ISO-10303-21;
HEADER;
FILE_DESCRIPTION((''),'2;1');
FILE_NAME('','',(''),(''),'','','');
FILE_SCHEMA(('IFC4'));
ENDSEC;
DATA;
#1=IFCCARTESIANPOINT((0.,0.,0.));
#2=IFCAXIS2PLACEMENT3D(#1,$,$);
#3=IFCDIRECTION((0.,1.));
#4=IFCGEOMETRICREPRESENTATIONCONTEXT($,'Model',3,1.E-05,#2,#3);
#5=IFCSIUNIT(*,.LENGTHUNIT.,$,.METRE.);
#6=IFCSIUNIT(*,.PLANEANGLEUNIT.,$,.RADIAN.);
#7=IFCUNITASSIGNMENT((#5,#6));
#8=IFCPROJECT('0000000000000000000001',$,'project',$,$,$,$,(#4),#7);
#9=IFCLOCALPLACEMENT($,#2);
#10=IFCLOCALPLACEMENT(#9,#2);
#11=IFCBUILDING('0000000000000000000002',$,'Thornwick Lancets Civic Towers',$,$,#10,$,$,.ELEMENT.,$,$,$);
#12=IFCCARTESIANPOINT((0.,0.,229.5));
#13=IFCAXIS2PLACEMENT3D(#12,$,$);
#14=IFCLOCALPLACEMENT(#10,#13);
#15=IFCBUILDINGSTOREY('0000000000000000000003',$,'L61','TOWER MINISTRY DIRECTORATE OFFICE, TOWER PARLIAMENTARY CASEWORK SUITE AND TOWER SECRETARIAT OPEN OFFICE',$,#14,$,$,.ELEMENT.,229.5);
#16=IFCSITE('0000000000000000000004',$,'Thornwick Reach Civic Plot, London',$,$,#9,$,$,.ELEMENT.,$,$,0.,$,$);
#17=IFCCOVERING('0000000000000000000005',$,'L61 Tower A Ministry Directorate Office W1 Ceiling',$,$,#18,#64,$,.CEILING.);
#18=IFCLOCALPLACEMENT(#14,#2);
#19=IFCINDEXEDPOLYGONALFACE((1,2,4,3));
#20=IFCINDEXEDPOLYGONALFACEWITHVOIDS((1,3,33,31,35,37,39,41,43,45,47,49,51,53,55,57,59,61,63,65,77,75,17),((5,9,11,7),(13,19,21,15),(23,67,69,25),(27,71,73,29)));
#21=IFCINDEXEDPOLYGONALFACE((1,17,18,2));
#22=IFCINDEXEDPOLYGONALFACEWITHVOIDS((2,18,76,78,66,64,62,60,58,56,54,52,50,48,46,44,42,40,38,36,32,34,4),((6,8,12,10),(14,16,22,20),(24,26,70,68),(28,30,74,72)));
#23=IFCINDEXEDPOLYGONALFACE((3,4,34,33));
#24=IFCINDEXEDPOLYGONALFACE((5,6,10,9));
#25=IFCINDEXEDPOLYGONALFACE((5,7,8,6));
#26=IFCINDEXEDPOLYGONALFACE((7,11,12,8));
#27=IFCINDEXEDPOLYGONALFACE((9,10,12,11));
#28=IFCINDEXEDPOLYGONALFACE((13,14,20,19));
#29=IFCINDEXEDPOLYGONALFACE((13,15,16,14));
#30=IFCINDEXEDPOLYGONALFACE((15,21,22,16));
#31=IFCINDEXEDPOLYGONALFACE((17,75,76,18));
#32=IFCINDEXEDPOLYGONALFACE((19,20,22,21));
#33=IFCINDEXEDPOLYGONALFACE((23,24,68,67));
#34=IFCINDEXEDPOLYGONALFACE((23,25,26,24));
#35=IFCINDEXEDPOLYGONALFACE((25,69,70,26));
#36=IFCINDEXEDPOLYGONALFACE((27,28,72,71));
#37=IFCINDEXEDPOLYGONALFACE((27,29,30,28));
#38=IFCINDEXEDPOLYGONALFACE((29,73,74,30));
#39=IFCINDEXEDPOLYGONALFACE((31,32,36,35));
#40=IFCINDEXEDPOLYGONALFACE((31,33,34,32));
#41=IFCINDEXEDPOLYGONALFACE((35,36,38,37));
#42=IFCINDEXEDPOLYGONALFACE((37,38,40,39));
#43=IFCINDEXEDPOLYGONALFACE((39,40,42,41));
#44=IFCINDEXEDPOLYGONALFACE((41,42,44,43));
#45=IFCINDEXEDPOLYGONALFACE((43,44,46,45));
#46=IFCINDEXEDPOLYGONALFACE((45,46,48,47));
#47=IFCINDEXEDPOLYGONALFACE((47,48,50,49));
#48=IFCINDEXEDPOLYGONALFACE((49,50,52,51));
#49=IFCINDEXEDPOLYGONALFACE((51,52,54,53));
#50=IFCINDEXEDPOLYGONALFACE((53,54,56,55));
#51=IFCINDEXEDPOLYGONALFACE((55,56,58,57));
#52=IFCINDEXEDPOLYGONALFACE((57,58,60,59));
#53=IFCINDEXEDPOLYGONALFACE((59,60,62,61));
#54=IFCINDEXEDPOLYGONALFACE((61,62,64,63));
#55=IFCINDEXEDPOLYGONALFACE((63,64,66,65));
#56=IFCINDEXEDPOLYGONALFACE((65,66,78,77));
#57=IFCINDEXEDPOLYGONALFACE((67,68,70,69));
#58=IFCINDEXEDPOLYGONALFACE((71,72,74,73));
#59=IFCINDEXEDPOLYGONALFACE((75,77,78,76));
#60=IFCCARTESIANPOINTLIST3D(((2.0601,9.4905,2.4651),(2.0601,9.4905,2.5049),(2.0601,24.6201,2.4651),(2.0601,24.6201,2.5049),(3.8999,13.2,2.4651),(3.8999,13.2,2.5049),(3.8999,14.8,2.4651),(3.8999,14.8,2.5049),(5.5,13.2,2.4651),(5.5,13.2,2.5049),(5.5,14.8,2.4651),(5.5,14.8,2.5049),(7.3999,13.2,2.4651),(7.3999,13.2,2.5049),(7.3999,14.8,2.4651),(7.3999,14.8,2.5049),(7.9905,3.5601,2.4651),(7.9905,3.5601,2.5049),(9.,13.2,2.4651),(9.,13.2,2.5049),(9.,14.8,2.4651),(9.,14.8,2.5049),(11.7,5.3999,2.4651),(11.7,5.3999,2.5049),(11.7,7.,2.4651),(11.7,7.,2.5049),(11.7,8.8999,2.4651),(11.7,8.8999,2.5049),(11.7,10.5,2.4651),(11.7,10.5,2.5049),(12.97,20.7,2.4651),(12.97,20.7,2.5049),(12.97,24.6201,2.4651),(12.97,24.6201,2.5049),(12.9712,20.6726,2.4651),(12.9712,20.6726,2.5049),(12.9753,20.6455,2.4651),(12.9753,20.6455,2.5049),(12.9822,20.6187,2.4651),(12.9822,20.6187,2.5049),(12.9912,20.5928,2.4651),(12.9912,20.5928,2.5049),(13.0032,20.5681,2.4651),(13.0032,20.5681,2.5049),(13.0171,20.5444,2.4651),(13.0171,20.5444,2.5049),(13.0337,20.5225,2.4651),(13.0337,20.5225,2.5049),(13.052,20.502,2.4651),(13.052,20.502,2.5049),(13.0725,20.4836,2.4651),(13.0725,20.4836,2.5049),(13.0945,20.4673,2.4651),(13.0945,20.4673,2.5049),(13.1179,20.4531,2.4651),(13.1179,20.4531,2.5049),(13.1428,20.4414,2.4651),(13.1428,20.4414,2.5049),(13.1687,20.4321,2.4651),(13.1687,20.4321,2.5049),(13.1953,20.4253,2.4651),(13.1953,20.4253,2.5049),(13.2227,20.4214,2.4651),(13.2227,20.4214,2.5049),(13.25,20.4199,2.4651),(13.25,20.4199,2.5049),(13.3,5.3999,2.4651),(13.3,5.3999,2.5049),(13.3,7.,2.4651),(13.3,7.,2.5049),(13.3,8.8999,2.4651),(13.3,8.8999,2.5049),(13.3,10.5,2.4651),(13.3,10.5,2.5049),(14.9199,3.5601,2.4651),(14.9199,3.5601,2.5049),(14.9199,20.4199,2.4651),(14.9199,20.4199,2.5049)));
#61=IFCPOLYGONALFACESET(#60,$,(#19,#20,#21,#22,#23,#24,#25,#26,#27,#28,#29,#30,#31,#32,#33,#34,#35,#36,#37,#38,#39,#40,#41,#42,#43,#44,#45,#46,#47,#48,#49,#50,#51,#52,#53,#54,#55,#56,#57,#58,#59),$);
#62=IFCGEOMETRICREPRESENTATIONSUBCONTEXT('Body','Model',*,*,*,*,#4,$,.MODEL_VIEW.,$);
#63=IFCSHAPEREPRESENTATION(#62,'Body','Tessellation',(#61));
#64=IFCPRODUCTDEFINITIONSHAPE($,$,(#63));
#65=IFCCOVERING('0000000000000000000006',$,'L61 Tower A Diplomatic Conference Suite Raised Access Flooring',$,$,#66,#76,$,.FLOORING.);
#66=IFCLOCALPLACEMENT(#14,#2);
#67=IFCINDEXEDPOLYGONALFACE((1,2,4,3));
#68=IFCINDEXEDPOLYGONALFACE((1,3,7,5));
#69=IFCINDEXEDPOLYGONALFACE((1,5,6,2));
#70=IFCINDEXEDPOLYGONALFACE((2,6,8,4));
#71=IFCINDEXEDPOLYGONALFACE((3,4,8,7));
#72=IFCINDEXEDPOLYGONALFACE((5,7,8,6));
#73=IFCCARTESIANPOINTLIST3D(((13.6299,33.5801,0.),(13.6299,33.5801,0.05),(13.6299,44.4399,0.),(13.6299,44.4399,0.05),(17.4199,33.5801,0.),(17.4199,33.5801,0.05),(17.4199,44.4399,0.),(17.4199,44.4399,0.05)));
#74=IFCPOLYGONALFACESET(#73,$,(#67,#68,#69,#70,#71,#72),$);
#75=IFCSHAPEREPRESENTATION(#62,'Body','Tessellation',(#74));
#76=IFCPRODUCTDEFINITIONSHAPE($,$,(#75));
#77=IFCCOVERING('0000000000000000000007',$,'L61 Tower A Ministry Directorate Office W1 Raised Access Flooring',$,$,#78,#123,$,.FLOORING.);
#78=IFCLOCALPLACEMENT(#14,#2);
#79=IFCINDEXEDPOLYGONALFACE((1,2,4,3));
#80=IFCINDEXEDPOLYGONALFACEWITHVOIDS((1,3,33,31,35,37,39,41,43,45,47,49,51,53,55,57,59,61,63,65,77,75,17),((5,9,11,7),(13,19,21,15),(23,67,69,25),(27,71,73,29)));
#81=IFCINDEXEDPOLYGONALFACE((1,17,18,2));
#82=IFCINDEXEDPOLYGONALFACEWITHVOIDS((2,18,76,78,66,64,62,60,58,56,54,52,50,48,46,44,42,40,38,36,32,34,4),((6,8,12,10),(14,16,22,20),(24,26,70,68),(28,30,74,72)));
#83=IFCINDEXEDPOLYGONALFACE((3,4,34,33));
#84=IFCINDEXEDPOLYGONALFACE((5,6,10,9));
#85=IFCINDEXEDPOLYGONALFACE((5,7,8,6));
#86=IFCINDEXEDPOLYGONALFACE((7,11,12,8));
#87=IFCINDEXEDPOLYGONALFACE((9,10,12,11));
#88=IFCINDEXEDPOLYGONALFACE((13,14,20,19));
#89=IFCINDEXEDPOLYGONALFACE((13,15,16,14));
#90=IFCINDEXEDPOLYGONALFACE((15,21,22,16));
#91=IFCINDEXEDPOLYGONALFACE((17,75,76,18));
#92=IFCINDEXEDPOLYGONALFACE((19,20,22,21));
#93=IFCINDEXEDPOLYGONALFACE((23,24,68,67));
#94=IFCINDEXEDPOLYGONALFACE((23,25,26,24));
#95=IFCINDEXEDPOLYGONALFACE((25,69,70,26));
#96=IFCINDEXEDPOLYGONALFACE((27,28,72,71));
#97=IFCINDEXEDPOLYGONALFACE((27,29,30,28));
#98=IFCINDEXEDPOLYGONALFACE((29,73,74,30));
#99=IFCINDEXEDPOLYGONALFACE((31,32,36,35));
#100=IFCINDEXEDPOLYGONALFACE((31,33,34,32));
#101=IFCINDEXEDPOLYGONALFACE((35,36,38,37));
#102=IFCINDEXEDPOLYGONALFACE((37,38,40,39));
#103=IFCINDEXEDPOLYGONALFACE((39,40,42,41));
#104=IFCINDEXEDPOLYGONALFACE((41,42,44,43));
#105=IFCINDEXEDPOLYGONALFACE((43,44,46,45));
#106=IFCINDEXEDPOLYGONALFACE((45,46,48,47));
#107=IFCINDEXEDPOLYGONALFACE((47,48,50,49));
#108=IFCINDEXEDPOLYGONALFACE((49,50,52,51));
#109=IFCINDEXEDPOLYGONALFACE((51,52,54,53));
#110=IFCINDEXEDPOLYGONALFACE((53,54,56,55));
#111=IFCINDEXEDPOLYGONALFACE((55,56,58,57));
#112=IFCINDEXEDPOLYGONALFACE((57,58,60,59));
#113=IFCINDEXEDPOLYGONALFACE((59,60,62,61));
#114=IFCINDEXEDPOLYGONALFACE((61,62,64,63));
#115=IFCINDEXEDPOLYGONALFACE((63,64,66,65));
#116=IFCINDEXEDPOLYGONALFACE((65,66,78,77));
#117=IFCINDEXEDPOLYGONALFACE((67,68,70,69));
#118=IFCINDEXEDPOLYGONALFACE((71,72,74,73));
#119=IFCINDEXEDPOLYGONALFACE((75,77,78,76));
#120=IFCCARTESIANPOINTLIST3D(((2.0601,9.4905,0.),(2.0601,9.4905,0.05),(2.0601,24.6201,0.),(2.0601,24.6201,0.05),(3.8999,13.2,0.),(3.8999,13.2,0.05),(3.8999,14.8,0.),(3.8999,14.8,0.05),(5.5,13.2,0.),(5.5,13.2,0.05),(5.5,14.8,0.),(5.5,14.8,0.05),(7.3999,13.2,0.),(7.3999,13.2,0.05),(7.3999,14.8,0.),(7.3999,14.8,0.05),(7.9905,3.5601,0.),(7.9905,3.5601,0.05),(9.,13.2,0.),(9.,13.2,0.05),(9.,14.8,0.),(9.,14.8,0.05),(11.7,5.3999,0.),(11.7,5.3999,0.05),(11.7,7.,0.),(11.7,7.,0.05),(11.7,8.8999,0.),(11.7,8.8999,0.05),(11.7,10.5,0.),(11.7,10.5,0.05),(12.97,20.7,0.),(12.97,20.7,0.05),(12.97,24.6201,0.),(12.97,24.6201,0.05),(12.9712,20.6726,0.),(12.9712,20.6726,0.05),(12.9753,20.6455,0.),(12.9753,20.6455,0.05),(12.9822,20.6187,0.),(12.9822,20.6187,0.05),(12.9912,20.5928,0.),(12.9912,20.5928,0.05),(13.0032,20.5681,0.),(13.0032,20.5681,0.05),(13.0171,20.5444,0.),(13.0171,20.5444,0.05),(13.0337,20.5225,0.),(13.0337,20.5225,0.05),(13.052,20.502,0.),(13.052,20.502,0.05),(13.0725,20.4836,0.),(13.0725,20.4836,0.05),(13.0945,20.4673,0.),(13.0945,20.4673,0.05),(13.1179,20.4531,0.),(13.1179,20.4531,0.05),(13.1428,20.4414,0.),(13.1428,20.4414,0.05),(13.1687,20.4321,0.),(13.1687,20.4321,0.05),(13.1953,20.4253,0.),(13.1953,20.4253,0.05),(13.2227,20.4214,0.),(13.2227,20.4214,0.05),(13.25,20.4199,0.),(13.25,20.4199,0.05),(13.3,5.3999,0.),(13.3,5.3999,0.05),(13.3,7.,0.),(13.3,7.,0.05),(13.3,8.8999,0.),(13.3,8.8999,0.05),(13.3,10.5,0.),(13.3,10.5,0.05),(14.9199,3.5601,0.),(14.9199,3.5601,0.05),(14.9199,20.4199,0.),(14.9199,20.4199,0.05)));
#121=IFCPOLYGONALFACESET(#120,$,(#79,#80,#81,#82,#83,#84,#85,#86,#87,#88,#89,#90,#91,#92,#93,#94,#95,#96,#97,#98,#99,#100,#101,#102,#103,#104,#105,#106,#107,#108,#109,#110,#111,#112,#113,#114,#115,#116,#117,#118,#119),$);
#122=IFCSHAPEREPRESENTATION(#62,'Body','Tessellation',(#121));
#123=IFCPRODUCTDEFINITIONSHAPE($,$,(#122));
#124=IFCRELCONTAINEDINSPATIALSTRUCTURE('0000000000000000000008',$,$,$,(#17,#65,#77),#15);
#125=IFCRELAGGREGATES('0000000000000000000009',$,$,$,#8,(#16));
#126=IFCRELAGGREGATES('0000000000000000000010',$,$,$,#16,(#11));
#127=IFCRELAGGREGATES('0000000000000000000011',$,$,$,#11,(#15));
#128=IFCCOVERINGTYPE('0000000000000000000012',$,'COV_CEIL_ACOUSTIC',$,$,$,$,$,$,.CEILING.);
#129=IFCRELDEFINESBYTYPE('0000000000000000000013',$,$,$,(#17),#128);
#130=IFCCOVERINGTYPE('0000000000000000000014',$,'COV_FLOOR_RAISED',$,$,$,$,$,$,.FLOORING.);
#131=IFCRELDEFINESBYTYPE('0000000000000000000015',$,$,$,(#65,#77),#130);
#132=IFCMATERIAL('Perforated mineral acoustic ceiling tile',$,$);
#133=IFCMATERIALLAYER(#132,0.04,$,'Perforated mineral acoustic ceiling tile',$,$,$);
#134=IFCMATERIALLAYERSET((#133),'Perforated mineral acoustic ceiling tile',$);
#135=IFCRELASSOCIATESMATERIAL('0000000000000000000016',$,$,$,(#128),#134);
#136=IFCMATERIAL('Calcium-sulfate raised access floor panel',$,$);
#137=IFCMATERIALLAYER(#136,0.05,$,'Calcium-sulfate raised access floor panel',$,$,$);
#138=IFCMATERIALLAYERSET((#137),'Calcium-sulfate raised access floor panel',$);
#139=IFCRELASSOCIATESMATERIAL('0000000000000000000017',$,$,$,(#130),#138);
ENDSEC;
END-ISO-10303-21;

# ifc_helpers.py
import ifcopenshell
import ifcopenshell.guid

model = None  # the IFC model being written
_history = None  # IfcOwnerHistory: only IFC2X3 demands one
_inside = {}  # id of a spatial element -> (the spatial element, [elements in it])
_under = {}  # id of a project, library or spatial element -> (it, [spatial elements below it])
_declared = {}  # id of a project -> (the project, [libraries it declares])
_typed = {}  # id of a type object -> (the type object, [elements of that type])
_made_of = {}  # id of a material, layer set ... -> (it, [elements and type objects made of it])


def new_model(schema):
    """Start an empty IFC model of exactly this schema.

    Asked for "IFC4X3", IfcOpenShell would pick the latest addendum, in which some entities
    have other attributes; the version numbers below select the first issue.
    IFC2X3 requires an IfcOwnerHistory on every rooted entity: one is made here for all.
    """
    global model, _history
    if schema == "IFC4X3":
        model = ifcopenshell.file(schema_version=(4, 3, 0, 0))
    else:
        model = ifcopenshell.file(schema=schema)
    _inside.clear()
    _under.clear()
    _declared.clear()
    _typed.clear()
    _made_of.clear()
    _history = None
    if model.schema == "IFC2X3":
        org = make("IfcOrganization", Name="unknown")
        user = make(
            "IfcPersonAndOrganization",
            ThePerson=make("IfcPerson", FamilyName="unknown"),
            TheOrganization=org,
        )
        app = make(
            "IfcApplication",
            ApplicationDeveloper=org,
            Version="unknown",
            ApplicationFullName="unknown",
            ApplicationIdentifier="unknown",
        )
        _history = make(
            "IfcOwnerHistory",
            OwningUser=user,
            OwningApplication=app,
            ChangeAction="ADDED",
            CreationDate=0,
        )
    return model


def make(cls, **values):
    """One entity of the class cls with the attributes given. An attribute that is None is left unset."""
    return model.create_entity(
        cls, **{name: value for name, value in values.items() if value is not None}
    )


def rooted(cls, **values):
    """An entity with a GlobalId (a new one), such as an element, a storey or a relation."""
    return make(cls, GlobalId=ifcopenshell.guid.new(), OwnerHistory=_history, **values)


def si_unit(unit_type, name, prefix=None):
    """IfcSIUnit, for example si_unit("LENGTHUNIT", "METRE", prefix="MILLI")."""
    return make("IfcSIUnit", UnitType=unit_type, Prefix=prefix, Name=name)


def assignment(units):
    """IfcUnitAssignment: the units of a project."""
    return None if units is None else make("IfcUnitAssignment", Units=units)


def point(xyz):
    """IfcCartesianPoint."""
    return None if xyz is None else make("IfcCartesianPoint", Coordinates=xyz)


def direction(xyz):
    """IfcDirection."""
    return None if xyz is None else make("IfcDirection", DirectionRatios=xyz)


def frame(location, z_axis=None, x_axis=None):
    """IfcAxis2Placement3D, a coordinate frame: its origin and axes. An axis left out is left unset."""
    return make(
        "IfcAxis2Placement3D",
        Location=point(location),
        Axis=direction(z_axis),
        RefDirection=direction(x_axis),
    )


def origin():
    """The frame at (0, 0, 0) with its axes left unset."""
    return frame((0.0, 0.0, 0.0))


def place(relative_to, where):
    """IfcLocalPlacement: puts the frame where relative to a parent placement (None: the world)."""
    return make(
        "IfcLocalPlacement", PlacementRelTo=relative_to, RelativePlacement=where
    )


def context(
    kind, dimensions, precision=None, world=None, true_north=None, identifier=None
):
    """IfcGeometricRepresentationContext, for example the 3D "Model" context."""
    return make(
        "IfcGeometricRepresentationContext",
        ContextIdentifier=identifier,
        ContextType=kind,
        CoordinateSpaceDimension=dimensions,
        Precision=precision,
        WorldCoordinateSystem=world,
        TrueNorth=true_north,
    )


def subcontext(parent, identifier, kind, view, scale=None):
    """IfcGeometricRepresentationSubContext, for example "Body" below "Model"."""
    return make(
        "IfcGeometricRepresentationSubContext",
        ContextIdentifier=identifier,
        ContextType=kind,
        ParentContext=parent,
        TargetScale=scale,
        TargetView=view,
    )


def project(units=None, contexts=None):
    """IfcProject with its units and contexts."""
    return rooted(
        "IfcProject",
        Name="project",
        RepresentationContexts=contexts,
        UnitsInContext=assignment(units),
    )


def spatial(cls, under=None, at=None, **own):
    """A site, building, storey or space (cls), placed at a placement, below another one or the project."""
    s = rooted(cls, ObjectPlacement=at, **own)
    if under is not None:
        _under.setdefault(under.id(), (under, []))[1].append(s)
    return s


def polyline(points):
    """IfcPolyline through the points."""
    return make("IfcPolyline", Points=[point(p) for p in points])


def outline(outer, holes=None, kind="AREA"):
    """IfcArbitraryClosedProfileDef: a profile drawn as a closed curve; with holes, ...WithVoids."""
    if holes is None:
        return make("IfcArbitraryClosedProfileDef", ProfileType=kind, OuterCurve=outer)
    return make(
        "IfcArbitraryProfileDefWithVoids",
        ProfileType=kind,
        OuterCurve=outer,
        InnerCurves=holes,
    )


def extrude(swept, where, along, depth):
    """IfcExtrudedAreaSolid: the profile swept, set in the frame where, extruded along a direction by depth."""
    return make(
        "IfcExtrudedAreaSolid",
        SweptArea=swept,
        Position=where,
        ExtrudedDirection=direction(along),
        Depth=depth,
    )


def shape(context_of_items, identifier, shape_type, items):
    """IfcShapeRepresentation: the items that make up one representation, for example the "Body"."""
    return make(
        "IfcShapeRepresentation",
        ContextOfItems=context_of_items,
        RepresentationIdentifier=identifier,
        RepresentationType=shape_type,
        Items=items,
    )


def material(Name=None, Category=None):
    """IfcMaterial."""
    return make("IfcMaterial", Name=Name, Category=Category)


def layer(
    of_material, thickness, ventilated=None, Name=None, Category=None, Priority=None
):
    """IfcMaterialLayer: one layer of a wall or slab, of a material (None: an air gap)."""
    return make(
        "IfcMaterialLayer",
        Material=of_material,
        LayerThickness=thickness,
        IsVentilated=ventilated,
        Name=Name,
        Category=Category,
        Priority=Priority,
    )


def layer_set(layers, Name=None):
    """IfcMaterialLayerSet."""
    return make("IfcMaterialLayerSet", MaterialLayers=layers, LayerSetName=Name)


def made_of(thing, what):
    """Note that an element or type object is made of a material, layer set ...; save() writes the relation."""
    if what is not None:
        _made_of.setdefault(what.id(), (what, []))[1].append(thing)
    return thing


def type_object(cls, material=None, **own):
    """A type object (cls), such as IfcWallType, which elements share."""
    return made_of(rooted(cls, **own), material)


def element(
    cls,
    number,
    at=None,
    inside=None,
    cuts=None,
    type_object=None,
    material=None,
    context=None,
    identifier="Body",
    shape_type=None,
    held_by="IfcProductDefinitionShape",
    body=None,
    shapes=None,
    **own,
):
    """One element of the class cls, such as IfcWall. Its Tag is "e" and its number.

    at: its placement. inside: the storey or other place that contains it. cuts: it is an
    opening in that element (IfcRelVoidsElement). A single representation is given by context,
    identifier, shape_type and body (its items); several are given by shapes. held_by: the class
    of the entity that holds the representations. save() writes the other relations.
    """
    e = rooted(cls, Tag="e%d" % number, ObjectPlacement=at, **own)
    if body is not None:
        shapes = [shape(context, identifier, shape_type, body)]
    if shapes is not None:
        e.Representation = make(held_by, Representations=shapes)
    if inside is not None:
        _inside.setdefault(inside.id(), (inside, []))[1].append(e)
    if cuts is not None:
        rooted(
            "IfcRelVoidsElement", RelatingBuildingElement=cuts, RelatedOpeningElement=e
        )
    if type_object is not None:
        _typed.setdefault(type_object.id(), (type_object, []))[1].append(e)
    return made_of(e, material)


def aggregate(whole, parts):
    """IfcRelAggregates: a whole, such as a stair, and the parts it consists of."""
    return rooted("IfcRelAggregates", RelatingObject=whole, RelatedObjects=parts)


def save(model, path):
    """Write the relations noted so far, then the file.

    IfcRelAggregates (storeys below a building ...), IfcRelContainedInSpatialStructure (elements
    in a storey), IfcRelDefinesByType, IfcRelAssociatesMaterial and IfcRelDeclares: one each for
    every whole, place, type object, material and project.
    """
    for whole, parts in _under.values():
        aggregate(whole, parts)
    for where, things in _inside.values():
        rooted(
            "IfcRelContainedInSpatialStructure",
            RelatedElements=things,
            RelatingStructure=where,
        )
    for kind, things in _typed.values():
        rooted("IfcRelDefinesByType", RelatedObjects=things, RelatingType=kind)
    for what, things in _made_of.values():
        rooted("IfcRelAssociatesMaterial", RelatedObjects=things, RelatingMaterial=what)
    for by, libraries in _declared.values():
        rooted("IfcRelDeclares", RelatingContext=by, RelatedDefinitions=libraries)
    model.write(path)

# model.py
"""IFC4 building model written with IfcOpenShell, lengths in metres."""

from ifc_helpers import new_model, si_unit, direction, frame, origin, place, context, subcontext, project, spatial, polyline, outline, extrude, material, layer, layer_set, type_object, element, save


model = new_model("IFC4")

# Units and contexts
model_context = context("Model", 3, precision=1e-05, world=origin(), true_north=direction((0.0, 1.0)))
body_context = subcontext(model_context, "Body", "Model", "MODEL_VIEW")
ifc_project = project(units=[si_unit("LENGTHUNIT", "METRE"), si_unit("PLANEANGLEUNIT", "RADIAN")], contexts=[model_context])

# Site, building, storey
site_placement = place(None, origin())
site = spatial("IfcSite", under=ifc_project, at=site_placement, Name="Thornwick Reach Civic Plot, London", CompositionType="ELEMENT", RefElevation=0.0)
building_placement = place(site_placement, origin())
building = spatial("IfcBuilding", under=site, at=building_placement, Name="Thornwick Lancets Civic Towers", CompositionType="ELEMENT")
storey_placement = place(building_placement, frame((0.0, 0.0, 229.5)))
storey = spatial("IfcBuildingStorey", under=building, at=storey_placement, Name="L61", Description="TOWER MINISTRY DIRECTORATE OFFICE, TOWER PARLIAMENTARY CASEWORK SUITE AND TOWER SECRETARIAT OPEN OFFICE", CompositionType="ELEMENT", Elevation=229.5)

# Coverings
ifc_material_1 = material(Name="Perforated mineral acoustic ceiling tile")
ifc_layer_1 = layer(ifc_material_1, 0.04, Name="Perforated mineral acoustic ceiling tile")
ifc_layer_set_1 = layer_set([ifc_layer_1], Name="Perforated mineral acoustic ceiling tile")
covering_type_1 = type_object("IfcCoveringType", Name="COV_CEIL_ACOUSTIC", PredefinedType="CEILING", material=ifc_layer_set_1)
covering_1_placement = place(storey_placement, frame((0.0, 0.0, 2.4651)))
element("IfcCovering", 1, at=covering_1_placement, inside=storey, type_object=covering_type_1, Name="L61 Tower A Ministry Directorate Office W1 Ceiling", PredefinedType="CEILING", context=body_context, shape_type="SweptSolid", body=[
    extrude(outline(polyline([(12.97, 20.7), (12.9712, 20.6726), (12.9753, 20.6455), (12.9822, 20.6187), (12.9912, 20.5928), (13.0032, 20.5681), (13.0171, 20.5444), (13.0337, 20.5225), (13.052, 20.502), (13.0725, 20.4836), (13.0945, 20.4673), (13.1179, 20.4531), (13.1428, 20.4414), (13.1687, 20.4321), (13.1953, 20.4253), (13.2227, 20.4214), (13.25, 20.4199), (14.9199, 20.4199), (14.9199, 3.5601), (7.9905, 3.5601), (2.0601, 9.4905), (2.0601, 24.6201), (12.97, 24.6201), (12.97, 20.7)]), holes=[polyline([(11.7, 8.8999), (13.3, 8.8999), (13.3, 10.5), (11.7, 10.5), (11.7, 8.8999)]), polyline([(7.3999, 13.2), (9.0, 13.2), (9.0, 14.8), (7.3999, 14.8), (7.3999, 13.2)]), polyline([(11.7, 5.3999), (13.3, 5.3999), (13.3, 7.0), (11.7, 7.0), (11.7, 5.3999)]), polyline([(3.8999, 13.2), (5.5, 13.2), (5.5, 14.8), (3.8999, 14.8), (3.8999, 13.2)])]), origin(), (0.0, 0.0, 1.0), 0.0398),
])
ifc_material_2 = material(Name="Calcium-sulfate raised access floor panel")
ifc_layer_2 = layer(ifc_material_2, 0.05, Name="Calcium-sulfate raised access floor panel")
ifc_layer_set_2 = layer_set([ifc_layer_2], Name="Calcium-sulfate raised access floor panel")
covering_type_2 = type_object("IfcCoveringType", Name="COV_FLOOR_RAISED", PredefinedType="FLOORING", material=ifc_layer_set_2)
covering_2_placement = place(storey_placement, origin())
element("IfcCovering", 2, at=covering_2_placement, inside=storey, type_object=covering_type_2, Name="L61 Tower A Diplomatic Conference Suite Raised Access Flooring", PredefinedType="FLOORING", context=body_context, shape_type="SweptSolid", body=[
    extrude(outline(polyline([(13.6299, 33.5801), (13.6299, 44.4399), (17.4199, 44.4399), (17.4199, 33.5801), (13.6299, 33.5801)])), origin(), (0.0, 0.0, 1.0), 0.05),
])
covering_3_placement = place(storey_placement, origin())
element("IfcCovering", 3, at=covering_3_placement, inside=storey, type_object=covering_type_2, Name="L61 Tower A Ministry Directorate Office W1 Raised Access Flooring", PredefinedType="FLOORING", context=body_context, shape_type="SweptSolid", body=[
    extrude(outline(polyline([(12.97, 20.7), (12.9712, 20.6726), (12.9753, 20.6455), (12.9822, 20.6187), (12.9912, 20.5928), (13.0032, 20.5681), (13.0171, 20.5444), (13.0337, 20.5225), (13.052, 20.502), (13.0725, 20.4836), (13.0945, 20.4673), (13.1179, 20.4531), (13.1428, 20.4414), (13.1687, 20.4321), (13.1953, 20.4253), (13.2227, 20.4214), (13.25, 20.4199), (14.9199, 20.4199), (14.9199, 3.5601), (7.9905, 3.5601), (2.0601, 9.4905), (2.0601, 24.6201), (12.97, 24.6201), (12.97, 20.7)]), holes=[polyline([(11.7, 8.8999), (13.3, 8.8999), (13.3, 10.5), (11.7, 10.5), (11.7, 8.8999)]), polyline([(7.3999, 13.2), (9.0, 13.2), (9.0, 14.8), (7.3999, 14.8), (7.3999, 13.2)]), polyline([(11.7, 5.3999), (13.3, 5.3999), (13.3, 7.0), (11.7, 7.0), (11.7, 5.3999)]), polyline([(3.8999, 13.2), (5.5, 13.2), (5.5, 14.8), (3.8999, 14.8), (3.8999, 13.2)])]), origin(), (0.0, 0.0, 1.0), 0.05),
])

save(model, "model.ifc")
